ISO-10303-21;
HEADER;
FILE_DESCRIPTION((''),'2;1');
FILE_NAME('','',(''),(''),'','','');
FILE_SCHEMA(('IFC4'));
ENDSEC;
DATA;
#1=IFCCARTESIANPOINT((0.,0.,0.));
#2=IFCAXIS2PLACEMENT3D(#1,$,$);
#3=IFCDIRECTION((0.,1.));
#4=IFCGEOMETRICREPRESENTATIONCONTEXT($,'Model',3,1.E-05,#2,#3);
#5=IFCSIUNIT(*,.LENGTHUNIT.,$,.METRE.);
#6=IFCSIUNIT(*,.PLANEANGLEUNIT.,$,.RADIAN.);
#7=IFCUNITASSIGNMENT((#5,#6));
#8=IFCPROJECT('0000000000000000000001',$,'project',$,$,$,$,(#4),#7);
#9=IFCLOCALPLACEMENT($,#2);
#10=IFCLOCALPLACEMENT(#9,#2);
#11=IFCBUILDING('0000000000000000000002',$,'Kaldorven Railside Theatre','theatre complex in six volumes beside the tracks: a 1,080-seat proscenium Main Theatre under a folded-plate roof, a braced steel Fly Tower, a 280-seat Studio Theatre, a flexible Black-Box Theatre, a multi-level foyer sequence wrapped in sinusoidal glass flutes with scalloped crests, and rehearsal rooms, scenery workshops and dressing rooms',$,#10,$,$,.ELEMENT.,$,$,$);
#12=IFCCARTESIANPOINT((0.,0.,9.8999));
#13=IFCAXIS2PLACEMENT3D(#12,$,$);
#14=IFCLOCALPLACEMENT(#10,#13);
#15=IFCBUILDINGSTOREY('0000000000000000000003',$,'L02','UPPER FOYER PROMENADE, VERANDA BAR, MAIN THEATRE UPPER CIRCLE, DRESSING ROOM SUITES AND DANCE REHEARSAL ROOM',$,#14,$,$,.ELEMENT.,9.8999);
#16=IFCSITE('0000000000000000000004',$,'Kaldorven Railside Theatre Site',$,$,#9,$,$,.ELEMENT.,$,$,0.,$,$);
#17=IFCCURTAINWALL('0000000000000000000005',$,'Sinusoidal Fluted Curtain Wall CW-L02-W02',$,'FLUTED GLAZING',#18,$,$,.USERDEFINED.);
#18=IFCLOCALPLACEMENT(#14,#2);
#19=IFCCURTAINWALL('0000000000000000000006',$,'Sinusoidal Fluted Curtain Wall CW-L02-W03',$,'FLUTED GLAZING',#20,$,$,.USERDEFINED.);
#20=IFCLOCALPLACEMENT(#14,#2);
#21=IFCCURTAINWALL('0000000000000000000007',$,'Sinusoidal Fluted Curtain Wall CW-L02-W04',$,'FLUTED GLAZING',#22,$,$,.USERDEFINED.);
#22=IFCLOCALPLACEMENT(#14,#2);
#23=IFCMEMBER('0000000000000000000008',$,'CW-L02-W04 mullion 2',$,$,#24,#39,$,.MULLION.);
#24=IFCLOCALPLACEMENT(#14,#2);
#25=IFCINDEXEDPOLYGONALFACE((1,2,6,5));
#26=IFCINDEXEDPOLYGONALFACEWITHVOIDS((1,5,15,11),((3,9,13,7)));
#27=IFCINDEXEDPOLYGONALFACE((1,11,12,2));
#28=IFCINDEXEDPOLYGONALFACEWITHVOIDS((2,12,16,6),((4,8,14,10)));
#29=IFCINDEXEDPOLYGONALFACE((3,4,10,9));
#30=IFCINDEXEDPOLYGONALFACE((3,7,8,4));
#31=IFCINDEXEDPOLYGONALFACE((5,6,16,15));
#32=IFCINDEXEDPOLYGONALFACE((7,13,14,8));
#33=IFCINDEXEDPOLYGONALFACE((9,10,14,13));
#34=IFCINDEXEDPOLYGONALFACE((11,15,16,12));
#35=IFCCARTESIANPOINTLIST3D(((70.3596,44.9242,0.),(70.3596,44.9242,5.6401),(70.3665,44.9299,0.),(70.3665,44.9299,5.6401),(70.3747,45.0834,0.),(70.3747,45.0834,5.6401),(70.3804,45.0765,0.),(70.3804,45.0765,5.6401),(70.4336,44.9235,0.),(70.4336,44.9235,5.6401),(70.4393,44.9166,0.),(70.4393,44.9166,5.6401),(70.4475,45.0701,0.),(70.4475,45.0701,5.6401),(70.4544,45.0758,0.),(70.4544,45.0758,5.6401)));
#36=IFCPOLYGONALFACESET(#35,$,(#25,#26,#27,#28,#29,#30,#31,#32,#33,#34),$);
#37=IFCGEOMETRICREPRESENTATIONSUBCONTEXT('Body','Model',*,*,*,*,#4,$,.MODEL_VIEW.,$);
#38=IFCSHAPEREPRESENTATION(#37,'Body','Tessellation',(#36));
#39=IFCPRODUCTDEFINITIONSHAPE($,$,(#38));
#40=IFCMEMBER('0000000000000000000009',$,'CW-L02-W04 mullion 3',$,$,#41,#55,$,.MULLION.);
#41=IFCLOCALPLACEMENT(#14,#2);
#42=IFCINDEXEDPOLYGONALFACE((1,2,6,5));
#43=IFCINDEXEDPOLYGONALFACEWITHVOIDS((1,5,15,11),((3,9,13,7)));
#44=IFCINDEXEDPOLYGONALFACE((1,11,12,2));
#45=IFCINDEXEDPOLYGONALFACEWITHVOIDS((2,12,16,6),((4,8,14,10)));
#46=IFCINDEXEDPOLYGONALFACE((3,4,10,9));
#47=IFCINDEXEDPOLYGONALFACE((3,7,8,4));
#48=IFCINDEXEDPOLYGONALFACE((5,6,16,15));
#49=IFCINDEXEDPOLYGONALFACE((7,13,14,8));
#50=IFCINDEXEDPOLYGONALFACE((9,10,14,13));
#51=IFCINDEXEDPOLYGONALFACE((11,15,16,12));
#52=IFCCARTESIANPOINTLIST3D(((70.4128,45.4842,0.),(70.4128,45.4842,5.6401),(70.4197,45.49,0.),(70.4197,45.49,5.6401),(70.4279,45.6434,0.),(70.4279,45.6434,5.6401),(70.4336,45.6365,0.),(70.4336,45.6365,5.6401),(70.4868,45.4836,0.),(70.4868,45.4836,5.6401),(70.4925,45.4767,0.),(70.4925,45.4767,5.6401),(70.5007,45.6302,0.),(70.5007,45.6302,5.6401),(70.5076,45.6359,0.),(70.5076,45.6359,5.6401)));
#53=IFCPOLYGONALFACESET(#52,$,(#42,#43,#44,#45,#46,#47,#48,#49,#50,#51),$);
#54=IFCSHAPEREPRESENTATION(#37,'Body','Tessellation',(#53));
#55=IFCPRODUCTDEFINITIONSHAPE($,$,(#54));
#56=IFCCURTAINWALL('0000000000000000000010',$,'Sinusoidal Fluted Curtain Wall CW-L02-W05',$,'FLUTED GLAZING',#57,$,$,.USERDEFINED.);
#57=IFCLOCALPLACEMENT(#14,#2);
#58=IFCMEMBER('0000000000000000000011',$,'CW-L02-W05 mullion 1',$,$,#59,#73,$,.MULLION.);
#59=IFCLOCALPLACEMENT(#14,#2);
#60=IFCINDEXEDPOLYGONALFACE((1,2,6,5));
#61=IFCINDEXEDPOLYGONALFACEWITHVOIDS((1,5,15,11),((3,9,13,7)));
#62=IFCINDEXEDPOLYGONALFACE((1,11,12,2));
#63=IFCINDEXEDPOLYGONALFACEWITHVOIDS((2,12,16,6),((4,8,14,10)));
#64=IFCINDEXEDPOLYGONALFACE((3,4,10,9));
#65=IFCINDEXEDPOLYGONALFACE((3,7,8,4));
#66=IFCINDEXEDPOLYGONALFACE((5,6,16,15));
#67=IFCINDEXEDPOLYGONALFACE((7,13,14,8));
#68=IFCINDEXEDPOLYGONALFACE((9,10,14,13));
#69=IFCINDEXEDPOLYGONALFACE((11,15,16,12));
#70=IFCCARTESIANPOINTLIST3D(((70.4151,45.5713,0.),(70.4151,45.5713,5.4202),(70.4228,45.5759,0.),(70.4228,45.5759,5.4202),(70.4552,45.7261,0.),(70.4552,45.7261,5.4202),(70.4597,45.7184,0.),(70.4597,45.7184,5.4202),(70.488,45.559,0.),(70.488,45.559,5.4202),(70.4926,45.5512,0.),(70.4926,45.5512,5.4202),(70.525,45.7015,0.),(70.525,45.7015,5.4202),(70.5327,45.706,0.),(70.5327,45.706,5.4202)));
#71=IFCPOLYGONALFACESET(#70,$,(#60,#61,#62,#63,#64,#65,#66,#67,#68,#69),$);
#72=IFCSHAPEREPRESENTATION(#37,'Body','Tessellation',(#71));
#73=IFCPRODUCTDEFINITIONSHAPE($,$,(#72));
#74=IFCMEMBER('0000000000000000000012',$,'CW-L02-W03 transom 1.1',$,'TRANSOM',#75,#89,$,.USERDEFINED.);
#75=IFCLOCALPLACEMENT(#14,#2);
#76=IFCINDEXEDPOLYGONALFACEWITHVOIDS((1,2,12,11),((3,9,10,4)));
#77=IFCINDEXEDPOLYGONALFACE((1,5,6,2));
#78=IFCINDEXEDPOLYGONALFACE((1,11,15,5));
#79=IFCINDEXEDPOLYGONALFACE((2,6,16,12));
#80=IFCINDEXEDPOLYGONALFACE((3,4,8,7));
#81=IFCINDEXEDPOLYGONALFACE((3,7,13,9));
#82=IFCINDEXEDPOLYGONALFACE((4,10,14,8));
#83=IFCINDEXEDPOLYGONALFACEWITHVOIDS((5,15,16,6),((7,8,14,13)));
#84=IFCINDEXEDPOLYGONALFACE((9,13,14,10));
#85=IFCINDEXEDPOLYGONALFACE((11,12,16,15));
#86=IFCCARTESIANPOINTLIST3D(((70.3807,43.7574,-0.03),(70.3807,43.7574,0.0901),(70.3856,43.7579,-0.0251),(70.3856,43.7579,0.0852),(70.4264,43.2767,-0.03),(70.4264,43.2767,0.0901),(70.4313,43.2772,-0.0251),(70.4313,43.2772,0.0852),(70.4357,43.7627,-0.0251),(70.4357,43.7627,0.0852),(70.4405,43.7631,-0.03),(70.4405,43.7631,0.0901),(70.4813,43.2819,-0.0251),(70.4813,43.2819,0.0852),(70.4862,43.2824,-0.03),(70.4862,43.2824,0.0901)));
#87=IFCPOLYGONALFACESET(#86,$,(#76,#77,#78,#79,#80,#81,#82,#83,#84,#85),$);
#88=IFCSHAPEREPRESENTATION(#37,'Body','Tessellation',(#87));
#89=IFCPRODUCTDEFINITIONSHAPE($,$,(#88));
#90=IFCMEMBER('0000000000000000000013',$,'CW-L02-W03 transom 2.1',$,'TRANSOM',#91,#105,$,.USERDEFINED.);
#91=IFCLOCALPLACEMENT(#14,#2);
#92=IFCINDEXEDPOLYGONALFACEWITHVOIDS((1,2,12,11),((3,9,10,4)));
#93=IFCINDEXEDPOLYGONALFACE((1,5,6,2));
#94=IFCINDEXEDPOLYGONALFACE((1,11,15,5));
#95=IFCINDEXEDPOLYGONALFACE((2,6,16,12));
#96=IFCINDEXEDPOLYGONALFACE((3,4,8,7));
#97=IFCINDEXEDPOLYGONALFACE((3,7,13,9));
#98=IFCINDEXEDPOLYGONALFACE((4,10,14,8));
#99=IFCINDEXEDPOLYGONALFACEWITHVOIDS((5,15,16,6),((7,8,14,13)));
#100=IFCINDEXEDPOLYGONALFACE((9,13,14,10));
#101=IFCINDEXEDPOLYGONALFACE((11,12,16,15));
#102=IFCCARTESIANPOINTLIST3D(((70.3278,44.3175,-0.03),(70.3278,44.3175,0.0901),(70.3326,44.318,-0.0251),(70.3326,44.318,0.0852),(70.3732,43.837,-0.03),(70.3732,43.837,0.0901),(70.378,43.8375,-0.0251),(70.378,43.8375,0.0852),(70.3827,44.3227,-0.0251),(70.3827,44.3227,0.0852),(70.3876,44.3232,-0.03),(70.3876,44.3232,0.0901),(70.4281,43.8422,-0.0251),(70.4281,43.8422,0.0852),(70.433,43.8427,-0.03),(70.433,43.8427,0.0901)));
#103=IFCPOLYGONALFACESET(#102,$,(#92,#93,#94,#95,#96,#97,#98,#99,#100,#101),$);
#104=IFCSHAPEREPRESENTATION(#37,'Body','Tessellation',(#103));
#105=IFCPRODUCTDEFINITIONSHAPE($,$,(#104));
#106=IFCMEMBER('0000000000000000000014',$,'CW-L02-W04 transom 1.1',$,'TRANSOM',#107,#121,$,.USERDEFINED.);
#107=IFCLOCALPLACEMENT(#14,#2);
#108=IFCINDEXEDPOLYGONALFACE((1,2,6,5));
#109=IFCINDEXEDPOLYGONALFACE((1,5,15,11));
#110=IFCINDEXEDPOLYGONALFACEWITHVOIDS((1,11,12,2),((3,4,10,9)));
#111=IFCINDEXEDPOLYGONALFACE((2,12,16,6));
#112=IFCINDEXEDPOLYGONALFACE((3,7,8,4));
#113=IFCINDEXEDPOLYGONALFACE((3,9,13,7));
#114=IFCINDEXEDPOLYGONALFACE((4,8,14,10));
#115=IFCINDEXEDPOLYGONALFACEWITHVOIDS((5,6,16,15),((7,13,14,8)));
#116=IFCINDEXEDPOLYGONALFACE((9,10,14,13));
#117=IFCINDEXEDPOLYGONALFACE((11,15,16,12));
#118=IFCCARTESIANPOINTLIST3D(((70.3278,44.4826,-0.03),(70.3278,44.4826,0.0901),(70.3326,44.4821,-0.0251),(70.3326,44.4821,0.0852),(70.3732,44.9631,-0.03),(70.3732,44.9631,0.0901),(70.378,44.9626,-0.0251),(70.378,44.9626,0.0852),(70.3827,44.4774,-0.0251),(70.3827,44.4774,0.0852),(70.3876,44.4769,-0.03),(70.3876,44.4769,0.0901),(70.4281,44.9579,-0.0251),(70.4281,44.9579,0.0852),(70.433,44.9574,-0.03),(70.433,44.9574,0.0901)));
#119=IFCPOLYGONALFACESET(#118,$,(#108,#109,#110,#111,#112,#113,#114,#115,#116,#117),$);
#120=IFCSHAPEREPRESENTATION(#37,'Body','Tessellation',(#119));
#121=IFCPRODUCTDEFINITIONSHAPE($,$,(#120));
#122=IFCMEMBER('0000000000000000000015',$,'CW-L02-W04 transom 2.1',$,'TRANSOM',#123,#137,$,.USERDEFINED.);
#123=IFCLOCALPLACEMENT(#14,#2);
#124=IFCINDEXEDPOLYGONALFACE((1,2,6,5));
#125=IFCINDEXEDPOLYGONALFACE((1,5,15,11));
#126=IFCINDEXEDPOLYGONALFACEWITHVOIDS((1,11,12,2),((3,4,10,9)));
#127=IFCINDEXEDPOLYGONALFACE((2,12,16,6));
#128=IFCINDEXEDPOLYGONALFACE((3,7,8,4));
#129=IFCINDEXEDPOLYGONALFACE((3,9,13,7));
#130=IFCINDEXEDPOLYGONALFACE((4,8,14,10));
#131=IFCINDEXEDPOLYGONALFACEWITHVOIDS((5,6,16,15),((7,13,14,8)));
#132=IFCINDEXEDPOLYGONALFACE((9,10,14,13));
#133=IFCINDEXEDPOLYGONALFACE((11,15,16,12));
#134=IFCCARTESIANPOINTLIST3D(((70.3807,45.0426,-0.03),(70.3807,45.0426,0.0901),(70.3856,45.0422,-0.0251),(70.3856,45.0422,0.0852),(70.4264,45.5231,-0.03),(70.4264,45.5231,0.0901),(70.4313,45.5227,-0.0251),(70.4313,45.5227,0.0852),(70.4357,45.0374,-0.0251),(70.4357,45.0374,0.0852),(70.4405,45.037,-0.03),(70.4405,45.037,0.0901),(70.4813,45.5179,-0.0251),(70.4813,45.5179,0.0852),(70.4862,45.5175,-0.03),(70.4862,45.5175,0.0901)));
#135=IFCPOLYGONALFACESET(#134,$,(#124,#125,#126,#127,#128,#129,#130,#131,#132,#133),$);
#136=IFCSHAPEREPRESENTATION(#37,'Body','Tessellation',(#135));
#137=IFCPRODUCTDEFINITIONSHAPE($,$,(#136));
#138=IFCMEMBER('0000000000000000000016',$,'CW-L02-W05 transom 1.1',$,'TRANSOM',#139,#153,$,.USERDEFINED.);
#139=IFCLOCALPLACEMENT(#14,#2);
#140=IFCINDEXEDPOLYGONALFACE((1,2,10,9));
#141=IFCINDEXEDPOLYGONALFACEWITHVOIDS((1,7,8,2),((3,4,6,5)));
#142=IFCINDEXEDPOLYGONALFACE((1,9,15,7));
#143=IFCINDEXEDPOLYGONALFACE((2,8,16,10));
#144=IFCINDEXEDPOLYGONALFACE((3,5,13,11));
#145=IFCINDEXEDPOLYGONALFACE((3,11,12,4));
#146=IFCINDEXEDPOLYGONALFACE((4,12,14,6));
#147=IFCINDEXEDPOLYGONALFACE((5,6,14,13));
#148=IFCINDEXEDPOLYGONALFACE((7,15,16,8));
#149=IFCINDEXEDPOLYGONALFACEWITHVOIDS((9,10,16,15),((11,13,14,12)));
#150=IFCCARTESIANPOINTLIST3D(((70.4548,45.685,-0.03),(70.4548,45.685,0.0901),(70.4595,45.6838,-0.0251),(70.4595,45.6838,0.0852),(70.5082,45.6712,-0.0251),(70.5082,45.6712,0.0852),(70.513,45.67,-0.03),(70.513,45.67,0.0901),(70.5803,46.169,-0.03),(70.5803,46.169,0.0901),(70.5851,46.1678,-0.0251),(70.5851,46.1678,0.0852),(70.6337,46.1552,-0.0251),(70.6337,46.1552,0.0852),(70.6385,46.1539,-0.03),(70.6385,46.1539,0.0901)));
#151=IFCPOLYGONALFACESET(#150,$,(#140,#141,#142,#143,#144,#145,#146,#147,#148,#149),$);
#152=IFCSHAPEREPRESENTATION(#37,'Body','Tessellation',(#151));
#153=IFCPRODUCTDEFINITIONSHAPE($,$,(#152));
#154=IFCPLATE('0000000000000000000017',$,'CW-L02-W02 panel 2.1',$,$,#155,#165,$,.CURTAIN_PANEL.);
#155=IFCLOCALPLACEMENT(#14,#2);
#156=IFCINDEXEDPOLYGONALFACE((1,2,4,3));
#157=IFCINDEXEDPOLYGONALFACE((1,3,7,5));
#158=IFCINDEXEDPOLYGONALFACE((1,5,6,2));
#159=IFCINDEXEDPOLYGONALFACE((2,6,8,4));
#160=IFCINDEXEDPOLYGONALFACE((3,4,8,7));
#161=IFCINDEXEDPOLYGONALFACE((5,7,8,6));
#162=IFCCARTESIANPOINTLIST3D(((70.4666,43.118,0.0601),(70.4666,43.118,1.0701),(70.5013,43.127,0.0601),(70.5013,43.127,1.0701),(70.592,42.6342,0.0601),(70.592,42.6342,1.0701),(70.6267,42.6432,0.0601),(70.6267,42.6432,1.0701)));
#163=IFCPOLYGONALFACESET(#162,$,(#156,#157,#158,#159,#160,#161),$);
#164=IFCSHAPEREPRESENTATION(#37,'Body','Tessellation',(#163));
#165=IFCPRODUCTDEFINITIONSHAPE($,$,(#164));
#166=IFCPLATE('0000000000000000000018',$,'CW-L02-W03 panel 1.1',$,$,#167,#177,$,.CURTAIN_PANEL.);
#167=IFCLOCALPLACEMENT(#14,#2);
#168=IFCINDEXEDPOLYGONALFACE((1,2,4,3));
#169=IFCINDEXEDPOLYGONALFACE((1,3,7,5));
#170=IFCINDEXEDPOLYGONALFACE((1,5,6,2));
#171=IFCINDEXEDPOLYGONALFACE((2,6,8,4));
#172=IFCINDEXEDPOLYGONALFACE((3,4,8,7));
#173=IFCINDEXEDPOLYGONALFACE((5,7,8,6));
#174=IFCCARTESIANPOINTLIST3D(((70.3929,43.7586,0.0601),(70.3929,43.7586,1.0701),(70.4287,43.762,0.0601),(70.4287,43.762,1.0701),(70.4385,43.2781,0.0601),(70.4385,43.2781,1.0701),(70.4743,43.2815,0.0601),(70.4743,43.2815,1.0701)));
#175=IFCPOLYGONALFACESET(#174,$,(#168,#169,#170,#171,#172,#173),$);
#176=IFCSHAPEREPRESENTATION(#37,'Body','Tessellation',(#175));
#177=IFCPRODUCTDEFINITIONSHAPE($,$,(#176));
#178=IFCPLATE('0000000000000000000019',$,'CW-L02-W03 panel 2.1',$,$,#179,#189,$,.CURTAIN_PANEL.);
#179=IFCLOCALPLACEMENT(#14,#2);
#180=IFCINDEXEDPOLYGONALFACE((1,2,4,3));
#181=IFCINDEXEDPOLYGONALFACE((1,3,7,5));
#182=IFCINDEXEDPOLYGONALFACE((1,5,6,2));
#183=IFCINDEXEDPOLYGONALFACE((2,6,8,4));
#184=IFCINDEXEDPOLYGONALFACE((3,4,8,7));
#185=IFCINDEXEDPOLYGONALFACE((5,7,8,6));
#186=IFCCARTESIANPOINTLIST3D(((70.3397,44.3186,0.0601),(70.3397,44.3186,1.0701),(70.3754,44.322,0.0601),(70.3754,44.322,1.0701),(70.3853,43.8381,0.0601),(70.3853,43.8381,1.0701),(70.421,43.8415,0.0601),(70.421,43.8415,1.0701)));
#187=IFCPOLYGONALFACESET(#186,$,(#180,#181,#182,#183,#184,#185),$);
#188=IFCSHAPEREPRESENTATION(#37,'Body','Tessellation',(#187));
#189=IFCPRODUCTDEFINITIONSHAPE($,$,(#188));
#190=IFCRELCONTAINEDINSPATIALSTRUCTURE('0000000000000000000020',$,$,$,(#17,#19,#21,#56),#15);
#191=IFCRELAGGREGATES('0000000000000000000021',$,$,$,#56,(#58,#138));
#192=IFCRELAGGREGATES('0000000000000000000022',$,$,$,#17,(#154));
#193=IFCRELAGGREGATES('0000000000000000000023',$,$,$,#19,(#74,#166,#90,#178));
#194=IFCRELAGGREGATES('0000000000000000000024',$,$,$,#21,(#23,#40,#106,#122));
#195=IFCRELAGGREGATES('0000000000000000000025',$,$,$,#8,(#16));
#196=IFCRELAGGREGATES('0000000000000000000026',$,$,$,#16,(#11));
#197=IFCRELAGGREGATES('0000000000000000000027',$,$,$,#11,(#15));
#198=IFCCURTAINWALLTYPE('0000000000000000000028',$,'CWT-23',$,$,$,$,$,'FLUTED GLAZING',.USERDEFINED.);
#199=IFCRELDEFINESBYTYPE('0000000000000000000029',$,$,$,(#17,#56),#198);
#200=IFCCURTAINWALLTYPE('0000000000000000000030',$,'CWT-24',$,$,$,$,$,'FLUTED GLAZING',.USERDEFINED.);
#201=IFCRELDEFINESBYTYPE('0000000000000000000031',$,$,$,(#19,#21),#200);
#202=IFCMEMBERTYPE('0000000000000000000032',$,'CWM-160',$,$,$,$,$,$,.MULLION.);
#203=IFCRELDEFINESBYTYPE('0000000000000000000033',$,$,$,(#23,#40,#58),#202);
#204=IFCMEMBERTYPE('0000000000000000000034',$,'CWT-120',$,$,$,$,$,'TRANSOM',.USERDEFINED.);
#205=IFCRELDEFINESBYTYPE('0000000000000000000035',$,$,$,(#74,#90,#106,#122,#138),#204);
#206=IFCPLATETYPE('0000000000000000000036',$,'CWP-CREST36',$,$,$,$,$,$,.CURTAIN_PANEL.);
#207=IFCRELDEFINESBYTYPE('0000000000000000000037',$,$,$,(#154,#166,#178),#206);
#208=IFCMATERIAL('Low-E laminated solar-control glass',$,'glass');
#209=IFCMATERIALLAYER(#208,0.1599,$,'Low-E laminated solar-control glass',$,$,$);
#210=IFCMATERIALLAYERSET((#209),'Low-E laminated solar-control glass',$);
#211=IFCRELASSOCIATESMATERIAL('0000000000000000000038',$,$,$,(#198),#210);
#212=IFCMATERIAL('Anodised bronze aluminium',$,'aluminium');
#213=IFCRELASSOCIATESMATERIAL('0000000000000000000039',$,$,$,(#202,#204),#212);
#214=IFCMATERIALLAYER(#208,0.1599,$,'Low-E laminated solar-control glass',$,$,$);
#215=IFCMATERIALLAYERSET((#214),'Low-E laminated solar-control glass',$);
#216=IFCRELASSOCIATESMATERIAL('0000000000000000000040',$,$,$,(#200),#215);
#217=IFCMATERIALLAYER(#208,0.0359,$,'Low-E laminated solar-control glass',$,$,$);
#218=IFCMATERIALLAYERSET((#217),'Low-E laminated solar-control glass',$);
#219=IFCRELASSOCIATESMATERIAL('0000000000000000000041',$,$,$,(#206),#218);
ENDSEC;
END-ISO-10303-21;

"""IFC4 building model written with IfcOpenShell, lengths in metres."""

from ifc_helpers import new_model, si_unit, direction, frame, origin, origin_2d, place, context, subcontext, project, spatial, rectangle, hollow_rectangle, extrude, material, layer, layer_set, material_profile, profile_set, type_object, element, aggregate, save


model = new_model("IFC4")

# Units and contexts
model_context = context("Model", 3, precision=1e-05, world=origin(), true_north=direction((0.0, 1.0)))
body_context = subcontext(model_context, "Body", "Model", "MODEL_VIEW")
ifc_project = project(units=[si_unit("LENGTHUNIT", "METRE"), si_unit("PLANEANGLEUNIT", "RADIAN")], contexts=[model_context])

# Site, building, storey
site_placement = place(None, origin())
site = spatial("IfcSite", under=ifc_project, at=site_placement, Name="Kaldorven Railside Theatre Site", CompositionType="ELEMENT", RefElevation=0.0)
building_placement = place(site_placement, origin())
building = spatial("IfcBuilding", under=site, at=building_placement, Name="Kaldorven Railside Theatre", Description="theatre complex in six volumes beside the tracks: a 1,080-seat proscenium Main Theatre under a folded-plate roof, a braced steel Fly Tower, a 280-seat Studio Theatre, a flexible Black-Box Theatre, a multi-level foyer sequence wrapped in sinusoidal glass flutes with scalloped crests, and rehearsal rooms, scenery workshops and dressing rooms", CompositionType="ELEMENT")
storey_placement = place(building_placement, frame((0.0, 0.0, 9.8999)))
storey = spatial("IfcBuildingStorey", under=building, at=storey_placement, Name="L02", Description="UPPER FOYER PROMENADE, VERANDA BAR, MAIN THEATRE UPPER CIRCLE, DRESSING ROOM SUITES AND DANCE REHEARSAL ROOM", CompositionType="ELEMENT", Elevation=9.8999)

# Curtain wall
ifc_material_1 = material(Name="Low-E laminated solar-control glass", Category="glass")
ifc_layer_1 = layer(ifc_material_1, 0.1599, Name="Low-E laminated solar-control glass")
ifc_layer_set_1 = layer_set([ifc_layer_1], Name="Low-E laminated solar-control glass")
curtain_wall_type_1 = type_object("IfcCurtainWallType", Name="CWT-23", ElementType="FLUTED GLAZING", PredefinedType="USERDEFINED", material=ifc_layer_set_1)
curtain_wall_1_placement = place(storey_placement, origin())
curtain_wall_1 = element("IfcCurtainWall", 1, at=curtain_wall_1_placement, inside=storey, type_object=curtain_wall_type_1, Name="Sinusoidal Fluted Curtain Wall CW-L02-W02", ObjectType="FLUTED GLAZING", PredefinedType="USERDEFINED")
ifc_material_2 = material(Name="Anodised bronze aluminium", Category="aluminium")
ifc_material_profile_1 = material_profile(ifc_material_2, hollow_rectangle(XDim=0.0801, YDim=0.1599, WallThickness=0.0063, at=origin_2d()), Name="RHS 160x80x6.3")
ifc_profile_set_1 = profile_set([ifc_material_profile_1], Name="Anodised bronze aluminium")
member_type_1 = type_object("IfcMemberType", Name="CWM-160", PredefinedType="MULLION", material=ifc_profile_set_1)

# Curtain walls, members
ifc_layer_2 = layer(ifc_material_1, 0.1599, Name="Low-E laminated solar-control glass")
ifc_layer_set_2 = layer_set([ifc_layer_2], Name="Low-E laminated solar-control glass")
curtain_wall_type_2 = type_object("IfcCurtainWallType", Name="CWT-24", ElementType="FLUTED GLAZING", PredefinedType="USERDEFINED", material=ifc_layer_set_2)
curtain_wall_2_placement = place(storey_placement, origin())
curtain_wall_2 = element("IfcCurtainWall", 2, at=curtain_wall_2_placement, inside=storey, type_object=curtain_wall_type_2, Name="Sinusoidal Fluted Curtain Wall CW-L02-W03", ObjectType="FLUTED GLAZING", PredefinedType="USERDEFINED")
curtain_wall_3_placement = place(storey_placement, origin())
curtain_wall_3 = element("IfcCurtainWall", 3, at=curtain_wall_3_placement, inside=storey, type_object=curtain_wall_type_2, Name="Sinusoidal Fluted Curtain Wall CW-L02-W04", ObjectType="FLUTED GLAZING", PredefinedType="USERDEFINED")
member_1_placement = place(storey_placement, frame((70.407, 45.0, 0.0), z_axis=(0.0, 0.0, 1.0), x_axis=(-0.995526, 0.094492, 0.0)))
member_1 = element("IfcMember", 4, at=member_1_placement, type_object=member_type_1, Name="CW-L02-W04 mullion 2", PredefinedType="MULLION", context=body_context, shape_type="SweptSolid", body=[
    extrude(hollow_rectangle(XDim=0.0801, YDim=0.1599, WallThickness=0.0063, at=origin_2d()), origin(), (0.0, 0.0, 1.0), 5.6401),
])
member_2_placement = place(storey_placement, frame((70.4602, 45.5601, 0.0), z_axis=(0.0, 0.0, 1.0), x_axis=(-0.995526, 0.094492, 0.0)))
member_2 = element("IfcMember", 5, at=member_2_placement, type_object=member_type_1, Name="CW-L02-W04 mullion 3", PredefinedType="MULLION", context=body_context, shape_type="SweptSolid", body=[
    extrude(hollow_rectangle(XDim=0.0801, YDim=0.1599, WallThickness=0.0063, at=origin_2d()), origin(), (0.0, 0.0, 1.0), 5.6401),
])

# Curtain wall, member
curtain_wall_4_placement = place(storey_placement, origin())
curtain_wall_4 = element("IfcCurtainWall", 6, at=curtain_wall_4_placement, inside=storey, type_object=curtain_wall_type_1, Name="Sinusoidal Fluted Curtain Wall CW-L02-W05", ObjectType="FLUTED GLAZING", PredefinedType="USERDEFINED")
member_3_placement = place(storey_placement, frame((70.4739, 45.6387, 0.0), z_axis=(0.0, 0.0, 1.0), x_axis=(-0.967999, 0.250954, 0.0)))
member_3 = element("IfcMember", 7, at=member_3_placement, type_object=member_type_1, Name="CW-L02-W05 mullion 1", PredefinedType="MULLION", context=body_context, shape_type="SweptSolid", body=[
    extrude(hollow_rectangle(XDim=0.0801, YDim=0.1599, WallThickness=0.0063, at=origin_2d()), origin(), (0.0, 0.0, 1.0), 5.4202),
])

# Members
ifc_material_profile_2 = material_profile(ifc_material_2, hollow_rectangle(XDim=0.0601, YDim=0.1201, WallThickness=0.0049, at=origin_2d()), Name="RHS 120x60x5")
ifc_profile_set_2 = profile_set([ifc_material_profile_2], Name="Anodised bronze aluminium")
member_type_2 = type_object("IfcMemberType", Name="CWT-120", ElementType="TRANSOM", PredefinedType="USERDEFINED", material=ifc_profile_set_2)
member_4_placement = place(storey_placement, frame((70.4563, 43.2795, 0.03), z_axis=(-0.094547, 0.99552, 0.0), x_axis=(-0.99552, -0.094547, 0.0)))
member_4 = element("IfcMember", 8, at=member_4_placement, type_object=member_type_2, Name="CW-L02-W03 transom 1.1", ObjectType="TRANSOM", PredefinedType="USERDEFINED", context=body_context, shape_type="SweptSolid", body=[
    extrude(hollow_rectangle(XDim=0.0601, YDim=0.1201, WallThickness=0.0049, at=origin_2d()), origin(), (0.0, 0.0, 1.0), 0.4829),
])
member_5_placement = place(storey_placement, frame((70.4031, 43.8398, 0.03), z_axis=(-0.094093, 0.995563, 0.0), x_axis=(-0.995563, -0.094093, 0.0)))
member_5 = element("IfcMember", 9, at=member_5_placement, type_object=member_type_2, Name="CW-L02-W03 transom 2.1", ObjectType="TRANSOM", PredefinedType="USERDEFINED", context=body_context, shape_type="SweptSolid", body=[
    extrude(hollow_rectangle(XDim=0.0601, YDim=0.1201, WallThickness=0.0049, at=origin_2d()), origin(), (0.0, 0.0, 1.0), 0.4827),
])
member_6_placement = place(storey_placement, frame((70.3577, 44.4797, 0.03), z_axis=(0.094093, 0.995563, 0.0), x_axis=(-0.995563, 0.094093, 0.0)))
member_6 = element("IfcMember", 10, at=member_6_placement, type_object=member_type_2, Name="CW-L02-W04 transom 1.1", ObjectType="TRANSOM", PredefinedType="USERDEFINED", context=body_context, shape_type="SweptSolid", body=[
    extrude(hollow_rectangle(XDim=0.0601, YDim=0.1201, WallThickness=0.0049, at=origin_2d()), origin(), (0.0, 0.0, 1.0), 0.4827),
])
member_7_placement = place(storey_placement, frame((70.4106, 45.0398, 0.03), z_axis=(0.094594, 0.995516, 0.0), x_axis=(-0.995516, 0.094594, 0.0)))
member_7 = element("IfcMember", 11, at=member_7_placement, type_object=member_type_2, Name="CW-L02-W04 transom 2.1", ObjectType="TRANSOM", PredefinedType="USERDEFINED", context=body_context, shape_type="SweptSolid", body=[
    extrude(hollow_rectangle(XDim=0.0601, YDim=0.1201, WallThickness=0.0049, at=origin_2d()), origin(), (0.0, 0.0, 1.0), 0.4827),
])
member_8_placement = place(storey_placement, frame((70.4839, 45.6775, 0.03), z_axis=(0.25103, 0.967979, 0.0), x_axis=(-0.967979, 0.25103, 0.0)))
member_8 = element("IfcMember", 12, at=member_8_placement, type_object=member_type_2, Name="CW-L02-W05 transom 1.1", ObjectType="TRANSOM", PredefinedType="USERDEFINED", context=body_context, shape_type="SweptSolid", body=[
    extrude(hollow_rectangle(XDim=0.0601, YDim=0.1201, WallThickness=0.0049, at=origin_2d()), origin(), (0.0, 0.0, 1.0), 0.5),
])
aggregate(curtain_wall_4, [member_3, member_8])

# Plates
ifc_layer_3 = layer(ifc_material_1, 0.0359, Name="Low-E laminated solar-control glass")
ifc_layer_set_3 = layer_set([ifc_layer_3], Name="Low-E laminated solar-control glass")
plate_type = type_object("IfcPlateType", Name="CWP-CREST36", PredefinedType="CURTAIN_PANEL", material=ifc_layer_set_3)
plate_1_placement = place(storey_placement, frame((70.5466, 42.8806, 0.0601), z_axis=(0.0, 0.0, 1.0), x_axis=(-0.250954, 0.967999, 0.0)))
plate_1 = element("IfcPlate", 13, at=plate_1_placement, type_object=plate_type, Name="CW-L02-W02 panel 2.1", PredefinedType="CURTAIN_PANEL", context=body_context, shape_type="SweptSolid", body=[
    extrude(rectangle(XDim=0.4998, YDim=0.0359, at=origin_2d()), origin(), (0.0, 0.0, 1.0), 1.01),
])
aggregate(curtain_wall_1, [plate_1])
plate_2_placement = place(storey_placement, frame((70.4336, 43.52, 0.0601), z_axis=(0.0, 0.0, 1.0), x_axis=(-0.094492, 0.995526, 0.0)))
plate_2 = element("IfcPlate", 14, at=plate_2_placement, type_object=plate_type, Name="CW-L02-W03 panel 1.1", PredefinedType="CURTAIN_PANEL", context=body_context, shape_type="SweptSolid", body=[
    extrude(rectangle(XDim=0.4827, YDim=0.0359, at=origin_2d()), origin(), (0.0, 0.0, 1.0), 1.01),
])
plate_3_placement = place(storey_placement, frame((70.3804, 44.0801, 0.0601), z_axis=(0.0, 0.0, 1.0), x_axis=(-0.094492, 0.995526, 0.0)))
plate_3 = element("IfcPlate", 15, at=plate_3_placement, type_object=plate_type, Name="CW-L02-W03 panel 2.1", PredefinedType="CURTAIN_PANEL", context=body_context, shape_type="SweptSolid", body=[
    extrude(rectangle(XDim=0.4827, YDim=0.0359, at=origin_2d()), origin(), (0.0, 0.0, 1.0), 1.01),
])
aggregate(curtain_wall_2, [member_4, plate_2, member_5, plate_3])
aggregate(curtain_wall_3, [member_1, member_2, member_6, member_7])

save(model, "model.ifc")
